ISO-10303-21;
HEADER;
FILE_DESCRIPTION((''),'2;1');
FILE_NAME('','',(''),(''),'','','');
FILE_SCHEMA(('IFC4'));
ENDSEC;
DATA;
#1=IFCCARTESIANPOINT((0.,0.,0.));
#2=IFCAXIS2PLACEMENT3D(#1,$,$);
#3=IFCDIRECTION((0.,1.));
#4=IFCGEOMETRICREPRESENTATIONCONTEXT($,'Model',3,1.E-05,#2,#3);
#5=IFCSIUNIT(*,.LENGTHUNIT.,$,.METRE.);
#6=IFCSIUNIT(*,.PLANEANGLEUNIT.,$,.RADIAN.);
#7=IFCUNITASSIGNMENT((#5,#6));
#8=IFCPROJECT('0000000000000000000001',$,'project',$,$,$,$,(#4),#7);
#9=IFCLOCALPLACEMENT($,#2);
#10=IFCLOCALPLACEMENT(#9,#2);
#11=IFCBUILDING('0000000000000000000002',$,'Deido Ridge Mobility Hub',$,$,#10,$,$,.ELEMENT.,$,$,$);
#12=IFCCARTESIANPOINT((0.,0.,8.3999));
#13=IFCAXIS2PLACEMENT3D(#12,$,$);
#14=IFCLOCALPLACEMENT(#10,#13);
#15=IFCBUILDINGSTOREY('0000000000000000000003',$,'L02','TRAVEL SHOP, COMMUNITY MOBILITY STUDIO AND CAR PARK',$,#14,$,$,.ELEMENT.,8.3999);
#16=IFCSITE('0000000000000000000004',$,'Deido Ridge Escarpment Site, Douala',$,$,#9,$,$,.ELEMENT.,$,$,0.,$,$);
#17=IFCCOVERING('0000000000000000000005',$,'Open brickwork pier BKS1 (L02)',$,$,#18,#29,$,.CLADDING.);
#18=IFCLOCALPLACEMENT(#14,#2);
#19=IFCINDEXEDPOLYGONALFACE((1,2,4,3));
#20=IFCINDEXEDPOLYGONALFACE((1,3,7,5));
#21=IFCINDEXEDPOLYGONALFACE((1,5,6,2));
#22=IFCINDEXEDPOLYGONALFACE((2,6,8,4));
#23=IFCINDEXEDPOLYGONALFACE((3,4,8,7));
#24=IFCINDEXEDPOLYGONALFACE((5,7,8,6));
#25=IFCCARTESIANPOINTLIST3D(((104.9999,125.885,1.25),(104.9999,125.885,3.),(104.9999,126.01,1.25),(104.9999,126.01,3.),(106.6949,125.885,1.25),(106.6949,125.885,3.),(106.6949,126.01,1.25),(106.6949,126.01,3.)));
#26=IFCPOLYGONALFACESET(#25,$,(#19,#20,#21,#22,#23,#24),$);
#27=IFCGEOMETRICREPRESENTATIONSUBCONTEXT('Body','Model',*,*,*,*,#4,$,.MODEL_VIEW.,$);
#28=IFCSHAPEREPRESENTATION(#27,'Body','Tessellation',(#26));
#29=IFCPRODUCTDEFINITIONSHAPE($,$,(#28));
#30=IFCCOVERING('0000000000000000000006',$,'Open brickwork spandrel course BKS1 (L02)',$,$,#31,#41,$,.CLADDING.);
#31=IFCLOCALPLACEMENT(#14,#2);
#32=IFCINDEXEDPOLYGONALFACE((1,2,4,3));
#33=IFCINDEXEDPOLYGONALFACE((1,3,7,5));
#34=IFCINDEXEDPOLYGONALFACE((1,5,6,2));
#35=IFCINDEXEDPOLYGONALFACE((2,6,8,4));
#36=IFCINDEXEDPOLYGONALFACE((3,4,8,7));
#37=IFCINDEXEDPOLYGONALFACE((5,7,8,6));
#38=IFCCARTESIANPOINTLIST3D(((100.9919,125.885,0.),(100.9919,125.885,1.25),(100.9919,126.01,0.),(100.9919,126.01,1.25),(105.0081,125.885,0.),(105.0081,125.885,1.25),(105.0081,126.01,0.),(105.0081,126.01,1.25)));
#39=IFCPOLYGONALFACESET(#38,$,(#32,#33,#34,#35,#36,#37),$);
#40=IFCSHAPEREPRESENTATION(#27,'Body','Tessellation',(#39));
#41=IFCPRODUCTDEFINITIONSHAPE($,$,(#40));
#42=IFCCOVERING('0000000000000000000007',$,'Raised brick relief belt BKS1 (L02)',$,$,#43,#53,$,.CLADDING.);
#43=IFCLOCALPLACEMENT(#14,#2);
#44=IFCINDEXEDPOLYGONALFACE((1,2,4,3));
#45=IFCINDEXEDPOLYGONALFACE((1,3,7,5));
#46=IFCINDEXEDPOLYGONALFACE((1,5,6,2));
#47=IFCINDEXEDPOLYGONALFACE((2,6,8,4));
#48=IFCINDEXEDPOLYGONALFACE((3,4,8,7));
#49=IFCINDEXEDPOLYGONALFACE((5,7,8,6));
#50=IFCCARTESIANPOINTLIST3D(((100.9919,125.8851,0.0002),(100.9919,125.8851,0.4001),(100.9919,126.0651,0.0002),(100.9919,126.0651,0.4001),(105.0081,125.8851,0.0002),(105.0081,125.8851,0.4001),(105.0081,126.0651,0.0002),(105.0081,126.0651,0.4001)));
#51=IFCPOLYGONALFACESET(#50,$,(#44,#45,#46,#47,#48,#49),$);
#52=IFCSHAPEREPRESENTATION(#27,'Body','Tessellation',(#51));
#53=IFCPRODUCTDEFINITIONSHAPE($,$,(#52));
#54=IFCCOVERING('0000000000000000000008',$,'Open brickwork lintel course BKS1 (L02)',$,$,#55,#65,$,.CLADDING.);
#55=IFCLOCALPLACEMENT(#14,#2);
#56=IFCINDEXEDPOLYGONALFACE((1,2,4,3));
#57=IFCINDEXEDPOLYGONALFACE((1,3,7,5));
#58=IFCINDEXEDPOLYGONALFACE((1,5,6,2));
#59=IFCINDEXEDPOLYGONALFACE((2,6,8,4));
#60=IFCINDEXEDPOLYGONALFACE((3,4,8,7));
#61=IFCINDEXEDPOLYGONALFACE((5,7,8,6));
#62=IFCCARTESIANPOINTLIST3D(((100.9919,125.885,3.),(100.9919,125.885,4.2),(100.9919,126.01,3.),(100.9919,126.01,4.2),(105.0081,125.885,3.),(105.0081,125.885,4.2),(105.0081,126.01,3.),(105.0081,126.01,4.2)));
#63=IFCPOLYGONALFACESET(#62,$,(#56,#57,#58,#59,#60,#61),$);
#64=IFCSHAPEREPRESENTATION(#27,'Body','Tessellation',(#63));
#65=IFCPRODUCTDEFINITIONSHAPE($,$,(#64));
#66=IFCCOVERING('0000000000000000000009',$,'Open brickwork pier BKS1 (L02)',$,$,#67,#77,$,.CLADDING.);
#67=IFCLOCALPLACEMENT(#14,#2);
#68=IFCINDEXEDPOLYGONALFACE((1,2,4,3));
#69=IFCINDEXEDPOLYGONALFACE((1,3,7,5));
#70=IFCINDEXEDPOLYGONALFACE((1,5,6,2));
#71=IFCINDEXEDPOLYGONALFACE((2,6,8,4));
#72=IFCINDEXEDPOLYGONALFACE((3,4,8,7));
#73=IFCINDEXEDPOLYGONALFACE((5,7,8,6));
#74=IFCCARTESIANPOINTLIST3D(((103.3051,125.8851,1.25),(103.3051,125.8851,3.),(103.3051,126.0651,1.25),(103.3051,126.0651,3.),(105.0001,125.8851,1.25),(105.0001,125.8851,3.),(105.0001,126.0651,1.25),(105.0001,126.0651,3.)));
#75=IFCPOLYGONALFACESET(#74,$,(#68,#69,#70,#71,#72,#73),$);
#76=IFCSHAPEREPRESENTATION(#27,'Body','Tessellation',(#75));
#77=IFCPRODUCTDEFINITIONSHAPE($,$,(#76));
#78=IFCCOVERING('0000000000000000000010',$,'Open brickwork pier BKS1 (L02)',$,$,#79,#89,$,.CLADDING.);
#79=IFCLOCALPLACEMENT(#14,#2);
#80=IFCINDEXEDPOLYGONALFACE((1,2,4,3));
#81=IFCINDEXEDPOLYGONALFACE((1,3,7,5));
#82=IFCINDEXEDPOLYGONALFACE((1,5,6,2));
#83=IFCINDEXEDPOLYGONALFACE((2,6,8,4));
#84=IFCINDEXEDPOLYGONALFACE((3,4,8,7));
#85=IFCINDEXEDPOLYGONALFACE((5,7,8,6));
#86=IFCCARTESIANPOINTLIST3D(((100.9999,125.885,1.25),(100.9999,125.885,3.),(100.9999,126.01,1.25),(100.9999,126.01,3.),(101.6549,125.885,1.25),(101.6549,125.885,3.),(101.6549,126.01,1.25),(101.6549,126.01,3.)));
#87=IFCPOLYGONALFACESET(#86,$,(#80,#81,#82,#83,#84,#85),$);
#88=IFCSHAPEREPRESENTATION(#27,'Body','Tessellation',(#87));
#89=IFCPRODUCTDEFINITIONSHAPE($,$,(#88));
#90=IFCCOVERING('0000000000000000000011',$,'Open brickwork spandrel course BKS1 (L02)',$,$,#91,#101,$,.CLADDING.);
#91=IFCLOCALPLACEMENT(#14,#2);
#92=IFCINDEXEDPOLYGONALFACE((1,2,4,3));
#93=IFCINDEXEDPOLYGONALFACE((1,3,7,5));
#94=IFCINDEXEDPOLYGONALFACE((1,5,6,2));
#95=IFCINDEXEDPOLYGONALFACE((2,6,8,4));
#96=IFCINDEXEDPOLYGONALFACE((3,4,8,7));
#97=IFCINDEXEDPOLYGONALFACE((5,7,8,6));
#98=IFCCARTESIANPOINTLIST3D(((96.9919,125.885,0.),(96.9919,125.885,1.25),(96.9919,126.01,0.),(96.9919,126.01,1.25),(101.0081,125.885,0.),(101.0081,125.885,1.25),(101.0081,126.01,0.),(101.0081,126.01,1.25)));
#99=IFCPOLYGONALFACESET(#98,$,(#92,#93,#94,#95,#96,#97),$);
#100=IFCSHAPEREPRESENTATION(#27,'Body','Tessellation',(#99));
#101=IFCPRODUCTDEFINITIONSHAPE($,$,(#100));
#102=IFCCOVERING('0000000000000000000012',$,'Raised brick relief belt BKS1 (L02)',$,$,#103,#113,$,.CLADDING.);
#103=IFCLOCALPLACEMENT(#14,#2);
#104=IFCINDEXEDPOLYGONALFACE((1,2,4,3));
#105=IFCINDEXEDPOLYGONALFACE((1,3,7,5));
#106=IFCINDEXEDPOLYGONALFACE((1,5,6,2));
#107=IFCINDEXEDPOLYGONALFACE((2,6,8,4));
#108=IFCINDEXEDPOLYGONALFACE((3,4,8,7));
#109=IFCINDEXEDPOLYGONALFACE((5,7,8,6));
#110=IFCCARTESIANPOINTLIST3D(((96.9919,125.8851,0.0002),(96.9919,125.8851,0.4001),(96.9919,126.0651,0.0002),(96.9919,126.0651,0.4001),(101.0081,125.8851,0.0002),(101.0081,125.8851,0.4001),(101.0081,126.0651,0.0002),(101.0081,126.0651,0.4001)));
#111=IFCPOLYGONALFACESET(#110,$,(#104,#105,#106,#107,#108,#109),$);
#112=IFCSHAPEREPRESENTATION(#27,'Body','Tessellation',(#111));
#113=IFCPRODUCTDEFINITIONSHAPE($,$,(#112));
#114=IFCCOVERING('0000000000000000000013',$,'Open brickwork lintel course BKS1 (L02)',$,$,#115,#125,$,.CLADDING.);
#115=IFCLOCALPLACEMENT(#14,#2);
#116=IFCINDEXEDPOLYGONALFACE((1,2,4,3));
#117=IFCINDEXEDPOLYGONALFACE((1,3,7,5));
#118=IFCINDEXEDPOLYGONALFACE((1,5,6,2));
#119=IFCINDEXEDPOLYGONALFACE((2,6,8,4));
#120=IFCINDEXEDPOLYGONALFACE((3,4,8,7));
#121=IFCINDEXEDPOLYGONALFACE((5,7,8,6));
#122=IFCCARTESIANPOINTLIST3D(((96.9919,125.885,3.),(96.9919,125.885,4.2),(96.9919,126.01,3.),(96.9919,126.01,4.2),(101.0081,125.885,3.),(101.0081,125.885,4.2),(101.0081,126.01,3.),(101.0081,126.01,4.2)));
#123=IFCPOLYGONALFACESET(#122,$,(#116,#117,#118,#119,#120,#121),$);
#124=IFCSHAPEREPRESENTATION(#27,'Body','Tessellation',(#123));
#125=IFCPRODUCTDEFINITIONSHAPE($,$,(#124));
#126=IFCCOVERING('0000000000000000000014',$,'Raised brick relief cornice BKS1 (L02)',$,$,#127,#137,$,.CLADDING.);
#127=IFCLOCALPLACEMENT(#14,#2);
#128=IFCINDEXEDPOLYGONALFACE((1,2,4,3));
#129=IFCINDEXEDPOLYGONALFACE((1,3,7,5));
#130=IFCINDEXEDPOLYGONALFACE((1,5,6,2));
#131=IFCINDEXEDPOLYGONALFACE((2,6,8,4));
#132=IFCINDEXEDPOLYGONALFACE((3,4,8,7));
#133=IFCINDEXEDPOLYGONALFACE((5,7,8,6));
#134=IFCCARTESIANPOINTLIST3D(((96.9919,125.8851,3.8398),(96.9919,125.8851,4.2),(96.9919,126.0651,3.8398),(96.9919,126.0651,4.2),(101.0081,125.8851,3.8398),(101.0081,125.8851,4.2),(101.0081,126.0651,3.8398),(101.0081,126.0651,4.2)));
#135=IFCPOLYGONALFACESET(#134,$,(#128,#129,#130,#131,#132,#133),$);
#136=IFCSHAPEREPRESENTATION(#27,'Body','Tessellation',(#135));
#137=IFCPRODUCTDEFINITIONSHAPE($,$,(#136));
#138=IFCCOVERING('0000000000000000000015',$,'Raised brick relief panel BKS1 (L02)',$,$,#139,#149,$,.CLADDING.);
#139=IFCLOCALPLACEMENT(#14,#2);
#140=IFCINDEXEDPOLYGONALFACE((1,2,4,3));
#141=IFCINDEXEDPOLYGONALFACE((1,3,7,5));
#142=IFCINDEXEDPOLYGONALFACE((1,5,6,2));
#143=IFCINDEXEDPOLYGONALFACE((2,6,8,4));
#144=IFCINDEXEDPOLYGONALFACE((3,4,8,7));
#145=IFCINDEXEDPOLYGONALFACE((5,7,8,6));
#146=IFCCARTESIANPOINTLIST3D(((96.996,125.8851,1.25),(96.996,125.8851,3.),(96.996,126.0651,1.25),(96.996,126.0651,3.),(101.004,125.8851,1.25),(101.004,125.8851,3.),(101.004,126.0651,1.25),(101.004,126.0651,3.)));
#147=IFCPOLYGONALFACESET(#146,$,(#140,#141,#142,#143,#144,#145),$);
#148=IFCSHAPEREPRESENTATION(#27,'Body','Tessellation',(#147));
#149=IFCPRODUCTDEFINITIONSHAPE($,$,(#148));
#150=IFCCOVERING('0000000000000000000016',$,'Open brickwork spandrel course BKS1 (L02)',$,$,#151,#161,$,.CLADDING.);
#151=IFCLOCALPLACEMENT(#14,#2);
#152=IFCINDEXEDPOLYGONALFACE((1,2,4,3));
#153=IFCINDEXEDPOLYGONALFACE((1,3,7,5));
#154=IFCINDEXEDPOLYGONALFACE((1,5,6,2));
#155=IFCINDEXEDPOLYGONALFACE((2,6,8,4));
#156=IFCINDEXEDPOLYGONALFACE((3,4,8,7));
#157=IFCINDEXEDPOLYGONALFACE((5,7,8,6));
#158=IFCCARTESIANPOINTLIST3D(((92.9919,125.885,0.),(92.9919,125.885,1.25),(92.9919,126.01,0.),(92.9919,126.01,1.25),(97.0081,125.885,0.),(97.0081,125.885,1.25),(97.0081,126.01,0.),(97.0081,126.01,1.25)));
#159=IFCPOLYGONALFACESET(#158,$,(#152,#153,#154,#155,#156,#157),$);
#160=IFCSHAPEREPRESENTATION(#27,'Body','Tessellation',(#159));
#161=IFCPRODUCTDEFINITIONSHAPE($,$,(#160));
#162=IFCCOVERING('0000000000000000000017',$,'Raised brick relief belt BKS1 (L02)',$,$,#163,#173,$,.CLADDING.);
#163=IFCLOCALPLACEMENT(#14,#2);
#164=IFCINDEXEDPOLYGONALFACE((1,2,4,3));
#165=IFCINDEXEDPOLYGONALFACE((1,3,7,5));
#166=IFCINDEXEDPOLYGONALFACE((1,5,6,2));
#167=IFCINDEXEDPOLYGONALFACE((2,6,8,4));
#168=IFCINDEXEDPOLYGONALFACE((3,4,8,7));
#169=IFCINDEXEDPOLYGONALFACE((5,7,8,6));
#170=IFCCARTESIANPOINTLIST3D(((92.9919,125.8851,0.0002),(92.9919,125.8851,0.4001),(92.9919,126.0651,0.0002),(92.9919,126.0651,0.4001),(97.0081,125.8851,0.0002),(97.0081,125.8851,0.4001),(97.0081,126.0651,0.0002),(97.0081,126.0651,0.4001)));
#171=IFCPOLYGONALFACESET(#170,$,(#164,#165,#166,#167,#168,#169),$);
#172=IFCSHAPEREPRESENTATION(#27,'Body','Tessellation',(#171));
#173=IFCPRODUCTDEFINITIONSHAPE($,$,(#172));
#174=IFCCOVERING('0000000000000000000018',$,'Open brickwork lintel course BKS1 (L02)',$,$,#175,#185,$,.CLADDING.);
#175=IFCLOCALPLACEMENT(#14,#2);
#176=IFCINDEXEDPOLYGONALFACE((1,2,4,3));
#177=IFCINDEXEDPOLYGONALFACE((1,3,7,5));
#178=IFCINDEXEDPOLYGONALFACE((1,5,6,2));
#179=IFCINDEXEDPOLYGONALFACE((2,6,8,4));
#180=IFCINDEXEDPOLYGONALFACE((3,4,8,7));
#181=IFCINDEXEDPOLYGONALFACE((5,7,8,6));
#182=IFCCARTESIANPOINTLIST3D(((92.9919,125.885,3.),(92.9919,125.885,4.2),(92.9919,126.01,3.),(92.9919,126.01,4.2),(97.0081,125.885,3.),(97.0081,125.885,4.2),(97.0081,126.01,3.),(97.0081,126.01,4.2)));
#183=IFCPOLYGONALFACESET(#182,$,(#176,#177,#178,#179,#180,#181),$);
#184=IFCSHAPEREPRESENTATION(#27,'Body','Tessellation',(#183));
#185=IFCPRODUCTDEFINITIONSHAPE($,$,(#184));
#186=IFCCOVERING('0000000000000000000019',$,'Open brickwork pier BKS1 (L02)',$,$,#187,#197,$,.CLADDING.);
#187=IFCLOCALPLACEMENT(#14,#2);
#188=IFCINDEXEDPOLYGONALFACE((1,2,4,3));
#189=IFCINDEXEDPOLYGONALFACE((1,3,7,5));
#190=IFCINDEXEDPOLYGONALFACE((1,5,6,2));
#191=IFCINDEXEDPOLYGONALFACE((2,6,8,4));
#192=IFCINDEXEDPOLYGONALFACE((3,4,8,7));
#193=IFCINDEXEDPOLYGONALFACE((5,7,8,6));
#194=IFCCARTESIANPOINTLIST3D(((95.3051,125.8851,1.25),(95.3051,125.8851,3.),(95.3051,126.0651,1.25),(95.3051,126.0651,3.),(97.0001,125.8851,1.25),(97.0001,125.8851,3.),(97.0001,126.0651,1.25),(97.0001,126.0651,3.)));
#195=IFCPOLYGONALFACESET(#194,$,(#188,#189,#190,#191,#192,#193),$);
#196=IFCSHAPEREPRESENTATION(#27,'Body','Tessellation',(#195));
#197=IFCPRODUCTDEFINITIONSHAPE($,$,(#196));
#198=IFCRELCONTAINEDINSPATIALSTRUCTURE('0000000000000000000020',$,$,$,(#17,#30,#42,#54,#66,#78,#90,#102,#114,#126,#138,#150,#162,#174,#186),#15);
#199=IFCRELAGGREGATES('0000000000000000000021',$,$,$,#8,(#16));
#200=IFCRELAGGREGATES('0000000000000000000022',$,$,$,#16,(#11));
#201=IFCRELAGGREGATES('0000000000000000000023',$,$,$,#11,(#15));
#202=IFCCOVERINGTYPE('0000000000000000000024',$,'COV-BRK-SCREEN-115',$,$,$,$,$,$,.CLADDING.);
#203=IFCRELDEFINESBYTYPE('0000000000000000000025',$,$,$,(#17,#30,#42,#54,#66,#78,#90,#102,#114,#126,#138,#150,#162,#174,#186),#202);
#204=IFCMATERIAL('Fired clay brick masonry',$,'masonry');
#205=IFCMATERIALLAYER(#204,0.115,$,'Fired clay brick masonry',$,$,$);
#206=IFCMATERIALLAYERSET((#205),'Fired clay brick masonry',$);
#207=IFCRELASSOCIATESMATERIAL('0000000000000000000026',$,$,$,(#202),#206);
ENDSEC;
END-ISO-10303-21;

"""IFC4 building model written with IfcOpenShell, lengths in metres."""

from ifc_helpers import new_model, si_unit, direction, frame, origin, origin_2d, place, context, subcontext, project, spatial, rectangle, extrude, material, layer, layer_set, type_object, element, save


model = new_model("IFC4")

# Units and contexts
model_context = context("Model", 3, precision=1e-05, world=origin(), true_north=direction((0.0, 1.0)))
body_context = subcontext(model_context, "Body", "Model", "MODEL_VIEW")
ifc_project = project(units=[si_unit("LENGTHUNIT", "METRE"), si_unit("PLANEANGLEUNIT", "RADIAN")], contexts=[model_context])

# Site, building, storey
site_placement = place(None, origin())
site = spatial("IfcSite", under=ifc_project, at=site_placement, Name="Deido Ridge Escarpment Site, Douala", CompositionType="ELEMENT", RefElevation=0.0)
building_placement = place(site_placement, origin())
building = spatial("IfcBuilding", under=site, at=building_placement, Name="Deido Ridge Mobility Hub", CompositionType="ELEMENT")
storey_placement = place(building_placement, frame((0.0, 0.0, 8.3999)))
storey = spatial("IfcBuildingStorey", under=building, at=storey_placement, Name="L02", Description="TRAVEL SHOP, COMMUNITY MOBILITY STUDIO AND CAR PARK", CompositionType="ELEMENT", Elevation=8.3999)

# Coverings
ifc_material_1 = material(Name="Fired clay brick masonry", Category="masonry")
ifc_layer = layer(ifc_material_1, 0.115, Name="Fired clay brick masonry")
ifc_layer_set = layer_set([ifc_layer], Name="Fired clay brick masonry")
covering_type = type_object("IfcCoveringType", Name="COV-BRK-SCREEN-115", PredefinedType="CLADDING", material=ifc_layer_set)
covering_1_placement = place(storey_placement, frame((105.8474, 125.9475, 1.25), z_axis=(0.0, 0.0, 1.0), x_axis=(-1.0, 0.0, 0.0)))
element("IfcCovering", 1, at=covering_1_placement, inside=storey, type_object=covering_type, Name="Open brickwork pier BKS1 (L02)", PredefinedType="CLADDING", context=body_context, shape_type="SweptSolid", body=[
    extrude(rectangle(XDim=1.6951, YDim=0.125, at=origin_2d()), origin(), (0.0, 0.0, 1.0), 1.75),
])
covering_2_placement = place(storey_placement, frame((103.0, 125.9475, 0.0), z_axis=(0.0, 0.0, 1.0), x_axis=(-1.0, 0.0, 0.0)))
element("IfcCovering", 2, at=covering_2_placement, inside=storey, type_object=covering_type, Name="Open brickwork spandrel course BKS1 (L02)", PredefinedType="CLADDING", context=body_context, shape_type="SweptSolid", body=[
    extrude(rectangle(XDim=4.0161, YDim=0.125, at=origin_2d()), origin(), (0.0, 0.0, 1.0), 1.25),
])
covering_3_placement = place(storey_placement, frame((103.0, 125.9751, 0.0002), z_axis=(0.0, 0.0, 1.0), x_axis=(-1.0, 0.0, 0.0)))
element("IfcCovering", 3, at=covering_3_placement, inside=storey, type_object=covering_type, Name="Raised brick relief belt BKS1 (L02)", PredefinedType="CLADDING", context=body_context, shape_type="SweptSolid", body=[
    extrude(rectangle(XDim=4.0161, YDim=0.1799, at=origin_2d()), origin(), (0.0, 0.0, 1.0), 0.3999),
])
covering_4_placement = place(storey_placement, frame((103.0, 125.9475, 3.0), z_axis=(0.0, 0.0, 1.0), x_axis=(-1.0, 0.0, 0.0)))
element("IfcCovering", 4, at=covering_4_placement, inside=storey, type_object=covering_type, Name="Open brickwork lintel course BKS1 (L02)", PredefinedType="CLADDING", context=body_context, shape_type="SweptSolid", body=[
    extrude(rectangle(XDim=4.0161, YDim=0.125, at=origin_2d()), origin(), (0.0, 0.0, 1.0), 1.2),
])
covering_5_placement = place(storey_placement, frame((104.1526, 125.9751, 1.25), z_axis=(0.0, 0.0, 1.0), x_axis=(-1.0, 0.0, 0.0)))
element("IfcCovering", 5, at=covering_5_placement, inside=storey, type_object=covering_type, Name="Open brickwork pier BKS1 (L02)", PredefinedType="CLADDING", context=body_context, shape_type="SweptSolid", body=[
    extrude(rectangle(XDim=1.6951, YDim=0.1799, at=origin_2d()), origin(), (0.0, 0.0, 1.0), 1.75),
])
covering_6_placement = place(storey_placement, frame((101.3274, 125.9475, 1.25), z_axis=(0.0, 0.0, 1.0), x_axis=(-1.0, 0.0, 0.0)))
element("IfcCovering", 6, at=covering_6_placement, inside=storey, type_object=covering_type, Name="Open brickwork pier BKS1 (L02)", PredefinedType="CLADDING", context=body_context, shape_type="SweptSolid", body=[
    extrude(rectangle(XDim=0.655, YDim=0.125, at=origin_2d()), origin(), (0.0, 0.0, 1.0), 1.75),
])
covering_7_placement = place(storey_placement, frame((99.0, 125.9475, 0.0), z_axis=(0.0, 0.0, 1.0), x_axis=(-1.0, 0.0, 0.0)))
element("IfcCovering", 7, at=covering_7_placement, inside=storey, type_object=covering_type, Name="Open brickwork spandrel course BKS1 (L02)", PredefinedType="CLADDING", context=body_context, shape_type="SweptSolid", body=[
    extrude(rectangle(XDim=4.0161, YDim=0.125, at=origin_2d()), origin(), (0.0, 0.0, 1.0), 1.25),
])
covering_8_placement = place(storey_placement, frame((99.0, 125.9751, 0.0002), z_axis=(0.0, 0.0, 1.0), x_axis=(-1.0, 0.0, 0.0)))
element("IfcCovering", 8, at=covering_8_placement, inside=storey, type_object=covering_type, Name="Raised brick relief belt BKS1 (L02)", PredefinedType="CLADDING", context=body_context, shape_type="SweptSolid", body=[
    extrude(rectangle(XDim=4.0161, YDim=0.1799, at=origin_2d()), origin(), (0.0, 0.0, 1.0), 0.3999),
])
covering_9_placement = place(storey_placement, frame((99.0, 125.9475, 3.0), z_axis=(0.0, 0.0, 1.0), x_axis=(-1.0, 0.0, 0.0)))
element("IfcCovering", 9, at=covering_9_placement, inside=storey, type_object=covering_type, Name="Open brickwork lintel course BKS1 (L02)", PredefinedType="CLADDING", context=body_context, shape_type="SweptSolid", body=[
    extrude(rectangle(XDim=4.0161, YDim=0.125, at=origin_2d()), origin(), (0.0, 0.0, 1.0), 1.2),
])
covering_10_placement = place(storey_placement, frame((99.0, 125.9751, 3.8398), z_axis=(0.0, 0.0, 1.0), x_axis=(-1.0, 0.0, 0.0)))
element("IfcCovering", 10, at=covering_10_placement, inside=storey, type_object=covering_type, Name="Raised brick relief cornice BKS1 (L02)", PredefinedType="CLADDING", context=body_context, shape_type="SweptSolid", body=[
    extrude(rectangle(XDim=4.0161, YDim=0.1799, at=origin_2d()), origin(), (0.0, 0.0, 1.0), 0.3601),
])
covering_11_placement = place(storey_placement, frame((99.0, 125.9751, 1.25), z_axis=(0.0, 0.0, 1.0), x_axis=(-1.0, 0.0, 0.0)))
element("IfcCovering", 11, at=covering_11_placement, inside=storey, type_object=covering_type, Name="Raised brick relief panel BKS1 (L02)", PredefinedType="CLADDING", context=body_context, shape_type="SweptSolid", body=[
    extrude(rectangle(XDim=4.0081, YDim=0.1799, at=origin_2d()), origin(), (0.0, 0.0, 1.0), 1.75),
])
covering_12_placement = place(storey_placement, frame((95.0, 125.9475, 0.0), z_axis=(0.0, 0.0, 1.0), x_axis=(-1.0, 0.0, 0.0)))
element("IfcCovering", 12, at=covering_12_placement, inside=storey, type_object=covering_type, Name="Open brickwork spandrel course BKS1 (L02)", PredefinedType="CLADDING", context=body_context, shape_type="SweptSolid", body=[
    extrude(rectangle(XDim=4.0161, YDim=0.125, at=origin_2d()), origin(), (0.0, 0.0, 1.0), 1.25),
])
covering_13_placement = place(storey_placement, frame((95.0, 125.9751, 0.0002), z_axis=(0.0, 0.0, 1.0), x_axis=(-1.0, 0.0, 0.0)))
element("IfcCovering", 13, at=covering_13_placement, inside=storey, type_object=covering_type, Name="Raised brick relief belt BKS1 (L02)", PredefinedType="CLADDING", context=body_context, shape_type="SweptSolid", body=[
    extrude(rectangle(XDim=4.0161, YDim=0.1799, at=origin_2d()), origin(), (0.0, 0.0, 1.0), 0.3999),
])
covering_14_placement = place(storey_placement, frame((95.0, 125.9475, 3.0), z_axis=(0.0, 0.0, 1.0), x_axis=(-1.0, 0.0, 0.0)))
element("IfcCovering", 14, at=covering_14_placement, inside=storey, type_object=covering_type, Name="Open brickwork lintel course BKS1 (L02)", PredefinedType="CLADDING", context=body_context, shape_type="SweptSolid", body=[
    extrude(rectangle(XDim=4.0161, YDim=0.125, at=origin_2d()), origin(), (0.0, 0.0, 1.0), 1.2),
])
covering_15_placement = place(storey_placement, frame((96.1526, 125.9751, 1.25), z_axis=(0.0, 0.0, 1.0), x_axis=(-1.0, 0.0, 0.0)))
element("IfcCovering", 15, at=covering_15_placement, inside=storey, type_object=covering_type, Name="Open brickwork pier BKS1 (L02)", PredefinedType="CLADDING", context=body_context, shape_type="SweptSolid", body=[
    extrude(rectangle(XDim=1.6951, YDim=0.1799, at=origin_2d()), origin(), (0.0, 0.0, 1.0), 1.75),
])

save(model, "model.ifc")
